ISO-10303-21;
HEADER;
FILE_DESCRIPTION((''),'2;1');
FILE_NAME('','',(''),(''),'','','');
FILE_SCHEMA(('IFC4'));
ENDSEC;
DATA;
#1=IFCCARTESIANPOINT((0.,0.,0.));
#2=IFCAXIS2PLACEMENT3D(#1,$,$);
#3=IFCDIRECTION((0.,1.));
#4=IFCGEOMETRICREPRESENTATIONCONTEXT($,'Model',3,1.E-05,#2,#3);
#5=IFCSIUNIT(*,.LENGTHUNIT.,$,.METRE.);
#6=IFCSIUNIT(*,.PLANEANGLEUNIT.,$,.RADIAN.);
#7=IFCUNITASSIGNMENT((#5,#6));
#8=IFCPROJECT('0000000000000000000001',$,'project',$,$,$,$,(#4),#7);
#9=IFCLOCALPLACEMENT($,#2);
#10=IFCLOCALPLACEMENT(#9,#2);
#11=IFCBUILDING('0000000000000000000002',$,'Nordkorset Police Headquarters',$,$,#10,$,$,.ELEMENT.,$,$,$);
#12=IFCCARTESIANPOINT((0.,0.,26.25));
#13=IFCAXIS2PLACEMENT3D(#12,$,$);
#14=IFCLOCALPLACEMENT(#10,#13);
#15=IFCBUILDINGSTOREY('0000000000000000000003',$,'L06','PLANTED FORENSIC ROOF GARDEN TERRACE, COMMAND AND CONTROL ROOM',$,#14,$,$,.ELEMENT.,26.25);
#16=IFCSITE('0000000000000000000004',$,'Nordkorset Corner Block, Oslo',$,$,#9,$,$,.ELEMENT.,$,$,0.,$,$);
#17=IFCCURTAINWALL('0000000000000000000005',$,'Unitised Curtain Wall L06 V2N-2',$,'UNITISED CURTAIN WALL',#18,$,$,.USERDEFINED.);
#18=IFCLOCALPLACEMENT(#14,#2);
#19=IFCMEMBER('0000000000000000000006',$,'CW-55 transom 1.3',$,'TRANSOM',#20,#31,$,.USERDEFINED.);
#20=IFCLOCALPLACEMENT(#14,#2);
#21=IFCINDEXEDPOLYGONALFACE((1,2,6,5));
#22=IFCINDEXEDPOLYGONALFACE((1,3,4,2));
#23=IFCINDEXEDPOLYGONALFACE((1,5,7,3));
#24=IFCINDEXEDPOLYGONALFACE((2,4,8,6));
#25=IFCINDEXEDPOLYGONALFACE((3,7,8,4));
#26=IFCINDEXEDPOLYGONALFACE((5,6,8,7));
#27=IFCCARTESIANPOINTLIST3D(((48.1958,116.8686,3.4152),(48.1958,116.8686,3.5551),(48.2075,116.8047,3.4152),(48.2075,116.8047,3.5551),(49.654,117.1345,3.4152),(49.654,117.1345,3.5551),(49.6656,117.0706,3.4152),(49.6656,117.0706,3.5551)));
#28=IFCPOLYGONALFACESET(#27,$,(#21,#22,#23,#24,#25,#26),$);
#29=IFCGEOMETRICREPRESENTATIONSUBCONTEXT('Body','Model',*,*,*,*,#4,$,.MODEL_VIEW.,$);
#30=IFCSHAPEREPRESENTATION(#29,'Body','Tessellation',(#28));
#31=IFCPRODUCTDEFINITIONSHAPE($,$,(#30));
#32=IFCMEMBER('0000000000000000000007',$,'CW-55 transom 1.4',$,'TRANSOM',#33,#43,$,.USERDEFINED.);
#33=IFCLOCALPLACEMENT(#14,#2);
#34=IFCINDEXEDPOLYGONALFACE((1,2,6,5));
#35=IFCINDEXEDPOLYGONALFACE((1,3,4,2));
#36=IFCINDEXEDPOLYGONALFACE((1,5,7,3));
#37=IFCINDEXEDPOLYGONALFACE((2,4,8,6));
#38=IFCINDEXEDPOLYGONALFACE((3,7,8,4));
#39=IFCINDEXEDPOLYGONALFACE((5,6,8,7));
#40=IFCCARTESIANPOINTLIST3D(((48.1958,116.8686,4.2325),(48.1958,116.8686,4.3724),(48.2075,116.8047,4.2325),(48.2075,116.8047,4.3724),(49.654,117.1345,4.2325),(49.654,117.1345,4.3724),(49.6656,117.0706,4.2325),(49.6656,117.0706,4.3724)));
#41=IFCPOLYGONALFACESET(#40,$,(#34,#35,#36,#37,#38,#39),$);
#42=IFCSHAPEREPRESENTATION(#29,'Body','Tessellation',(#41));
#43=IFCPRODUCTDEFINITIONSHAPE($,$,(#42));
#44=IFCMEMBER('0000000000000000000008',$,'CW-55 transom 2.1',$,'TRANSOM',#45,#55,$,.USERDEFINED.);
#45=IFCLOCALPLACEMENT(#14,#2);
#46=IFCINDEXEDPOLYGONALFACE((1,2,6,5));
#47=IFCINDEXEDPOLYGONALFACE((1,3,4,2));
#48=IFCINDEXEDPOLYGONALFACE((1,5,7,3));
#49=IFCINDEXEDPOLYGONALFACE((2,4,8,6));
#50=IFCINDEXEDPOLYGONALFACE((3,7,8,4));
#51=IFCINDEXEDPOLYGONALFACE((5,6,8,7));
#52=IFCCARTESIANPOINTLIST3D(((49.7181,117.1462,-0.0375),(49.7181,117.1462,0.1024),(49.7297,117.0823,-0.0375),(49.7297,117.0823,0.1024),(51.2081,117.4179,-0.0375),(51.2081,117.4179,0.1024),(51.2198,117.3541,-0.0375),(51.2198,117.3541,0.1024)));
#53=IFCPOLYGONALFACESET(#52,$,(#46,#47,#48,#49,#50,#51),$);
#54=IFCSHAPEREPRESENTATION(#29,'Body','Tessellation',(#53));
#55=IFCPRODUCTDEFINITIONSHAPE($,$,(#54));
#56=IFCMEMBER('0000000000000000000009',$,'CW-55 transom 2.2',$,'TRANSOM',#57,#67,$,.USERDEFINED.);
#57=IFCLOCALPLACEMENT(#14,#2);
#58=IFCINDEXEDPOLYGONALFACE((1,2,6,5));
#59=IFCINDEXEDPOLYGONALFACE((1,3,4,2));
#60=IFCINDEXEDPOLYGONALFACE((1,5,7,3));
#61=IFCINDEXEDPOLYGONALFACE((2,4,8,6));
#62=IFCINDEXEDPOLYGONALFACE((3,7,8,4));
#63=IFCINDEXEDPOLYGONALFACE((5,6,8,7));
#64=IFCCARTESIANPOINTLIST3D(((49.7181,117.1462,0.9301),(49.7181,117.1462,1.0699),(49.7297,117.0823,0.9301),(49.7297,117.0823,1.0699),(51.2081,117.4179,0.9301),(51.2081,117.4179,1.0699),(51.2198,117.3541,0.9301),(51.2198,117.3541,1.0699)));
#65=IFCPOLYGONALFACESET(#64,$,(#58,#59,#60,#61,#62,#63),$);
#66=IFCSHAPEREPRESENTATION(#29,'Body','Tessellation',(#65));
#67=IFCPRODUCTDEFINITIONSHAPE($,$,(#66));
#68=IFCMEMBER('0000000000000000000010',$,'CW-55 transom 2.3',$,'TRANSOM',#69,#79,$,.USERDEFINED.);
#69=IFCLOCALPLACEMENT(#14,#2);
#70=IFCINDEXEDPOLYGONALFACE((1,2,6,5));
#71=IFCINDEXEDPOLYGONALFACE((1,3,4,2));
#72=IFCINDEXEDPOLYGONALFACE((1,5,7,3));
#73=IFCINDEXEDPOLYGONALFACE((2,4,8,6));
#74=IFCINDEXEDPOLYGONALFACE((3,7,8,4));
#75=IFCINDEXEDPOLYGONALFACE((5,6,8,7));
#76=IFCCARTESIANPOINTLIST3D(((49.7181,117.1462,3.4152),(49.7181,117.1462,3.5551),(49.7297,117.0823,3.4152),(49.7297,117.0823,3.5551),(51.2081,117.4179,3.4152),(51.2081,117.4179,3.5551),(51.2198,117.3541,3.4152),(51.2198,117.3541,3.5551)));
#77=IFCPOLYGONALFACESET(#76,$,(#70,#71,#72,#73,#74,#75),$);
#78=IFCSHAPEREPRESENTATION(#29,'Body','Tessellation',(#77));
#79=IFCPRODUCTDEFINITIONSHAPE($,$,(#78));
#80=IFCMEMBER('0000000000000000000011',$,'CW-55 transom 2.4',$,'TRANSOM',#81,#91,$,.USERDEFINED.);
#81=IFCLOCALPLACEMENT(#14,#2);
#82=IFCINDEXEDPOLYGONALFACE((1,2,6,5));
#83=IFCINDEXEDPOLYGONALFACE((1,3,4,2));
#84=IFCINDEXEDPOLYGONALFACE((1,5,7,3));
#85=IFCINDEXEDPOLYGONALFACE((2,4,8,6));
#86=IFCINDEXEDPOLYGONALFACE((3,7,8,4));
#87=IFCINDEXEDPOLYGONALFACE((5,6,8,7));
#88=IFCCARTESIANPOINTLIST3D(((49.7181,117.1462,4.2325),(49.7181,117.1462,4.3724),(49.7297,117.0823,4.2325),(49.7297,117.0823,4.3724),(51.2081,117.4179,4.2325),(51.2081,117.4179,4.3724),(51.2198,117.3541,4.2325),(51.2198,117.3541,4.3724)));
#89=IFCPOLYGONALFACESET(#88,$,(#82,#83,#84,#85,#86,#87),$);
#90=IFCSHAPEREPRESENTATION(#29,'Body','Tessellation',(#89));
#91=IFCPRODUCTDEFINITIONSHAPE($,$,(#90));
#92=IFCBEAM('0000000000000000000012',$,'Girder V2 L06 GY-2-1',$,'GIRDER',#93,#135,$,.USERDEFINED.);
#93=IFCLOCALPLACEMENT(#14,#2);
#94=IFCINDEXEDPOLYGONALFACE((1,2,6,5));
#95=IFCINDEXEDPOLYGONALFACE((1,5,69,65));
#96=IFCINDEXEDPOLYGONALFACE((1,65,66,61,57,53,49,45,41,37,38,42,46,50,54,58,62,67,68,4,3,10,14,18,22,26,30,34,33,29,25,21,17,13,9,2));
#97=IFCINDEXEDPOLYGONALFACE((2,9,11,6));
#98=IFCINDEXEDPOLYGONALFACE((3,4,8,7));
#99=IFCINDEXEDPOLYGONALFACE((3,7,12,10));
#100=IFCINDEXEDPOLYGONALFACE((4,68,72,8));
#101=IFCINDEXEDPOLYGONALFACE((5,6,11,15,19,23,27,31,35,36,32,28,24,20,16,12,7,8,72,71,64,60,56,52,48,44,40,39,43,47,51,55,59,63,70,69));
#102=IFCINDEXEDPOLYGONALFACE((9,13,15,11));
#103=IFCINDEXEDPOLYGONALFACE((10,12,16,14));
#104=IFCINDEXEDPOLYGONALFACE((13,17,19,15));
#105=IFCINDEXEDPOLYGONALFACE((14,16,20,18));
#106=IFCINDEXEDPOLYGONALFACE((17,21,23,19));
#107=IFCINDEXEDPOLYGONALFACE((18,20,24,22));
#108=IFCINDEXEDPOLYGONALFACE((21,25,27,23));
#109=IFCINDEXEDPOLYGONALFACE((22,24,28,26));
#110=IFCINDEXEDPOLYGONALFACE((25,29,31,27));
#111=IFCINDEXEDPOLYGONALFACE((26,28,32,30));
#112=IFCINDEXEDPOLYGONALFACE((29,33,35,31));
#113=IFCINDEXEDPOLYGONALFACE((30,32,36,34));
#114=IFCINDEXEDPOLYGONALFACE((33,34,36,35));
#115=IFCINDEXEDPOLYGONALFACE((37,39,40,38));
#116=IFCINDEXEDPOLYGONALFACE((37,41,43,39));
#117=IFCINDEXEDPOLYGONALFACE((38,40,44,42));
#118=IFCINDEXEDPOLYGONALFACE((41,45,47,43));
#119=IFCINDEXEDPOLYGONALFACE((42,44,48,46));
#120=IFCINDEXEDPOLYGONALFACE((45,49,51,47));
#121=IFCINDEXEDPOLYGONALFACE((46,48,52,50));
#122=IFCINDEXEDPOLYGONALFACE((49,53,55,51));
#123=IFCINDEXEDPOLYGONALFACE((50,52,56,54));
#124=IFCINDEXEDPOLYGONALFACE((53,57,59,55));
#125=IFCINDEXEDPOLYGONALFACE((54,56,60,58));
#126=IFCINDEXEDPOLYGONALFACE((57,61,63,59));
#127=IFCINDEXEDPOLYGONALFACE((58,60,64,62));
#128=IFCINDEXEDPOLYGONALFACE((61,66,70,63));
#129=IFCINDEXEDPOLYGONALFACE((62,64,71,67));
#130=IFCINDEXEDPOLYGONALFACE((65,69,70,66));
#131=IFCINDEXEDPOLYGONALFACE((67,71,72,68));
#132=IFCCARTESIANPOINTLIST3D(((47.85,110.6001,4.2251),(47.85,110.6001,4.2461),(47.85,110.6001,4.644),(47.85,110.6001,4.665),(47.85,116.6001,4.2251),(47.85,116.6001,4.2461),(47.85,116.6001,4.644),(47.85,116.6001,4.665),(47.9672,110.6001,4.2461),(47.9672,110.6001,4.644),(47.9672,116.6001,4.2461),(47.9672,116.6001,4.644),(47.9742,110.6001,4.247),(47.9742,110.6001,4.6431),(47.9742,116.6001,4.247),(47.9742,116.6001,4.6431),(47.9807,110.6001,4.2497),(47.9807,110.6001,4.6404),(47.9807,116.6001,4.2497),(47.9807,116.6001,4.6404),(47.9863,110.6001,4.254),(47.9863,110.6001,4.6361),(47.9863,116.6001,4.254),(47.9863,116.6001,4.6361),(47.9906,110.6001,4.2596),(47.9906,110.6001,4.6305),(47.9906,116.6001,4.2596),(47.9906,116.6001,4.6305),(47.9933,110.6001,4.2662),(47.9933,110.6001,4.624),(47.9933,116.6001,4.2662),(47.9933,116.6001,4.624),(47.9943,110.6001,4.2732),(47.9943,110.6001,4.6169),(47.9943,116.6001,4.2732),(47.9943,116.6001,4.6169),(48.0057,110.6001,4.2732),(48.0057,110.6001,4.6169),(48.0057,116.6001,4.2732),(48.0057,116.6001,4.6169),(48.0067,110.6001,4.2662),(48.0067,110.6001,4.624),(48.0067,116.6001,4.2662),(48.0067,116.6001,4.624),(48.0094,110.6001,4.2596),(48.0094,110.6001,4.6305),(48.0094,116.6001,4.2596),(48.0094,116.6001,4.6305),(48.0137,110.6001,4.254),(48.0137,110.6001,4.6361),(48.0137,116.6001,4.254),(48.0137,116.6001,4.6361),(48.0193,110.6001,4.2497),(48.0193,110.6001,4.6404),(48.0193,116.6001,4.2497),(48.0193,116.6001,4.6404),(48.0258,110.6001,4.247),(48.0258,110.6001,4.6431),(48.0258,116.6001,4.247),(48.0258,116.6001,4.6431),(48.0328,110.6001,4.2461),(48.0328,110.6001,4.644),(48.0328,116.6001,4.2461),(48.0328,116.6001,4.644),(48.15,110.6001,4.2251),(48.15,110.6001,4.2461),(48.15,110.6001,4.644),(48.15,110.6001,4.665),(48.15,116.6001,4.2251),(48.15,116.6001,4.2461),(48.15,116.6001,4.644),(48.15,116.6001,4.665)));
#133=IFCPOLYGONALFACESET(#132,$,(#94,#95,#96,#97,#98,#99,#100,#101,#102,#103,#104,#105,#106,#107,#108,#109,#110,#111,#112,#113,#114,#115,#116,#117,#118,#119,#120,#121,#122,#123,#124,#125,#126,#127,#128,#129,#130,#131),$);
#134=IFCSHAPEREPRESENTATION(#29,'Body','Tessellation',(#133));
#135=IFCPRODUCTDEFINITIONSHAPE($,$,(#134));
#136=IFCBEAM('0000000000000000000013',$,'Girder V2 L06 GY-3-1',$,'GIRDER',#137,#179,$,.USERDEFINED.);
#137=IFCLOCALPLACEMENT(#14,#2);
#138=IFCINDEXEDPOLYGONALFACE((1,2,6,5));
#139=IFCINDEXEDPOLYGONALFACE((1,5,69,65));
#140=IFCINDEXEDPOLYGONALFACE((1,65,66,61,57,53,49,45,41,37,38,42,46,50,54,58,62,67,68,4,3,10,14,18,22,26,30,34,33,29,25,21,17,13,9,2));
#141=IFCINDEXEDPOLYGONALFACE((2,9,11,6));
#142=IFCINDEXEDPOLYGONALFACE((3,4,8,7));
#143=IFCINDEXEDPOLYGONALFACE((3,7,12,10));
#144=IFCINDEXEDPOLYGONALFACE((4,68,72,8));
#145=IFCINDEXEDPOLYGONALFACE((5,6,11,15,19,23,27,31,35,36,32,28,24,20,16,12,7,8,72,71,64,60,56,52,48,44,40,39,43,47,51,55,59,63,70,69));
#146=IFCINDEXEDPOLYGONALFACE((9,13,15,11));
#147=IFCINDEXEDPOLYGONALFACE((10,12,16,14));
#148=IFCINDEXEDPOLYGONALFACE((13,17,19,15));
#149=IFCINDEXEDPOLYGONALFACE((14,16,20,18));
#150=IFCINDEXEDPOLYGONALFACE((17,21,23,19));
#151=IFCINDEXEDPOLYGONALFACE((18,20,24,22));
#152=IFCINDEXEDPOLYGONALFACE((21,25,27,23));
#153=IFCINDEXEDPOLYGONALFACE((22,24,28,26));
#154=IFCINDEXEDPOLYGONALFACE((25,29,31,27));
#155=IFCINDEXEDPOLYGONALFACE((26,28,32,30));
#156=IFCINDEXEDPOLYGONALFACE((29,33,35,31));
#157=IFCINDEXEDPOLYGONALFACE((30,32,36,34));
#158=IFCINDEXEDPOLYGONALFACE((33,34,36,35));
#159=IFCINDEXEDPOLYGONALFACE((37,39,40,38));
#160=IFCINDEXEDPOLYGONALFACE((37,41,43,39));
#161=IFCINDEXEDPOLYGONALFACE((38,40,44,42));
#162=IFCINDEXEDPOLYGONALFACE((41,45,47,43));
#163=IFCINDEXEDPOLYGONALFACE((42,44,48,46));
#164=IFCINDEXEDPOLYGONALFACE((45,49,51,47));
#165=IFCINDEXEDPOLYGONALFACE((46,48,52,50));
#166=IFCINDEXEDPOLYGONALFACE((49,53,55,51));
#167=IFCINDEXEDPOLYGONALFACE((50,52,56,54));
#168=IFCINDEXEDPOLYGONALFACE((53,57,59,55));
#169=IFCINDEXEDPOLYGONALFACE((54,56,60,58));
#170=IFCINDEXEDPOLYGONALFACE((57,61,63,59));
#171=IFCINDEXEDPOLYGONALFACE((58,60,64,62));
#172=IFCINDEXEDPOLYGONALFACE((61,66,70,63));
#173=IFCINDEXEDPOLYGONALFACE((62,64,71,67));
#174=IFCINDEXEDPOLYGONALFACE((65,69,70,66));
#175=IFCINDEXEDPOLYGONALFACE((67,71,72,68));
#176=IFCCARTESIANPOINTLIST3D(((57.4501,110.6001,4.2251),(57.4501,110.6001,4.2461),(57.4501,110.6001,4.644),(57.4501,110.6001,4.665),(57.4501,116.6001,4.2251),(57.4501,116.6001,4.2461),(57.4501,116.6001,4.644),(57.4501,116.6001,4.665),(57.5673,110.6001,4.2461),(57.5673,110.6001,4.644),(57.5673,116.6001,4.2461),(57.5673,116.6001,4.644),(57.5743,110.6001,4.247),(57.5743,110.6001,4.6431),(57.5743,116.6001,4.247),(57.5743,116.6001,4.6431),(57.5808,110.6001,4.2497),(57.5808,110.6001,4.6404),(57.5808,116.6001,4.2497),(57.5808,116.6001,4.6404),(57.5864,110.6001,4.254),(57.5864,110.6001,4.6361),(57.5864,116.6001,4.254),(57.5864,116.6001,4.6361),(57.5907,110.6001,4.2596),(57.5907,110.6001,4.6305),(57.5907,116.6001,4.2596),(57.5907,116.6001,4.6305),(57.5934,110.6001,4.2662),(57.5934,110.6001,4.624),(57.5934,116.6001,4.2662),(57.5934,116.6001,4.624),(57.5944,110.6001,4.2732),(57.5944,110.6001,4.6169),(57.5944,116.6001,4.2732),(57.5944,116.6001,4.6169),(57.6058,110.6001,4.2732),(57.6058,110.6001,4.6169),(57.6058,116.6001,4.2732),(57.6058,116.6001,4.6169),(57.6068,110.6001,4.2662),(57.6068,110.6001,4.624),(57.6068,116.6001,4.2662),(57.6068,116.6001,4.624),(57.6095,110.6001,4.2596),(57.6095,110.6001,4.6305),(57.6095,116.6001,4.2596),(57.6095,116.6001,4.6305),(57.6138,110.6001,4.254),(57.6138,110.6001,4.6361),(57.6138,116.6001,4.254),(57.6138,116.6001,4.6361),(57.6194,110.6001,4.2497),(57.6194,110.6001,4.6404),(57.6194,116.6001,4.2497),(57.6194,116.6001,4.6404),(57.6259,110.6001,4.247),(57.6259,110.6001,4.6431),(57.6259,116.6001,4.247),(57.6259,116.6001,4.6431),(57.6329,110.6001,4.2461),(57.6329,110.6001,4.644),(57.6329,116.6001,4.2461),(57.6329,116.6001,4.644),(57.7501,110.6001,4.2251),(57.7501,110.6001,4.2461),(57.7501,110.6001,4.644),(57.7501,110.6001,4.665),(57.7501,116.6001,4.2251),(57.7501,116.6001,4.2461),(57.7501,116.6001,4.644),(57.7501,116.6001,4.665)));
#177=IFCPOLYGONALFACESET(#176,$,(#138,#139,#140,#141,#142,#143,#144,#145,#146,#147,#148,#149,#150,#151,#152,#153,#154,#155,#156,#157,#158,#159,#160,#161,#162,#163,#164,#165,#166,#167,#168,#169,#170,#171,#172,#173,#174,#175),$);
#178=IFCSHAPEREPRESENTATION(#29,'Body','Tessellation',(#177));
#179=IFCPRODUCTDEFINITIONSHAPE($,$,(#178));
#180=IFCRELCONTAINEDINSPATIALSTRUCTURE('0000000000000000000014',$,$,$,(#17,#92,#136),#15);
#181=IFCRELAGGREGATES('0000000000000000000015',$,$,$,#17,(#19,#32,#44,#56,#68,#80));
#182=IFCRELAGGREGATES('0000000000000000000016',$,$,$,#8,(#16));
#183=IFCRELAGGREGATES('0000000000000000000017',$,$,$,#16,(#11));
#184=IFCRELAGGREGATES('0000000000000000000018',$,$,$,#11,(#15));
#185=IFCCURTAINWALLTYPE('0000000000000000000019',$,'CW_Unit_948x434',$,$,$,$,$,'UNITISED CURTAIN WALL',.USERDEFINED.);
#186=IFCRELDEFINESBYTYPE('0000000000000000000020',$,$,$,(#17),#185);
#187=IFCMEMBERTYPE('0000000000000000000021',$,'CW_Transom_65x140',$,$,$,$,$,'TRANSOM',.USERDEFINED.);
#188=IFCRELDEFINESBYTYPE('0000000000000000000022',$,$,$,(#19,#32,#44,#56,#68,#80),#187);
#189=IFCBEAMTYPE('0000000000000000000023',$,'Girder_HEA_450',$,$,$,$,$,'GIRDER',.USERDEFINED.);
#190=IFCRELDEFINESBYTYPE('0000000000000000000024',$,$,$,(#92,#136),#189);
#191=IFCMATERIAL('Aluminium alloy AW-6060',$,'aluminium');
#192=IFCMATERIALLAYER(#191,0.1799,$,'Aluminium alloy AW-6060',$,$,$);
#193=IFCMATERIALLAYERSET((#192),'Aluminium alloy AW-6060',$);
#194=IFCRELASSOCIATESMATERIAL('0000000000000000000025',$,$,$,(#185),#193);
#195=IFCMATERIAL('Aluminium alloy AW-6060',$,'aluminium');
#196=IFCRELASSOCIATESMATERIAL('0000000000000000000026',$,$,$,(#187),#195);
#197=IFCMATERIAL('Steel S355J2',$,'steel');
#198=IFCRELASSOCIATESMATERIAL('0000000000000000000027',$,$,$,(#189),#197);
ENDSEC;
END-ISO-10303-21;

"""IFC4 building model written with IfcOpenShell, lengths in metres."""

from ifc_helpers import new_model, si_unit, direction, frame, origin, origin_2d, place, context, subcontext, project, spatial, rectangle, i_section, extrude, material, layer, layer_set, material_profile, profile_set, type_object, element, aggregate, save


model = new_model("IFC4")

# Units and contexts
model_context = context("Model", 3, precision=1e-05, world=origin(), true_north=direction((0.0, 1.0)))
body_context = subcontext(model_context, "Body", "Model", "MODEL_VIEW")
ifc_project = project(units=[si_unit("LENGTHUNIT", "METRE"), si_unit("PLANEANGLEUNIT", "RADIAN")], contexts=[model_context])

# Site, building, storey
site_placement = place(None, origin())
site = spatial("IfcSite", under=ifc_project, at=site_placement, Name="Nordkorset Corner Block, Oslo", CompositionType="ELEMENT", RefElevation=0.0)
building_placement = place(site_placement, origin())
building = spatial("IfcBuilding", under=site, at=building_placement, Name="Nordkorset Police Headquarters", CompositionType="ELEMENT")
storey_placement = place(building_placement, frame((0.0, 0.0, 26.25)))
storey = spatial("IfcBuildingStorey", under=building, at=storey_placement, Name="L06", Description="PLANTED FORENSIC ROOF GARDEN TERRACE, COMMAND AND CONTROL ROOM", CompositionType="ELEMENT", Elevation=26.25)

# Curtain wall, members
ifc_material_1 = material(Name="Aluminium alloy AW-6060", Category="aluminium")
ifc_layer_1 = layer(ifc_material_1, 0.1799, Name="Aluminium alloy AW-6060")
ifc_layer_set_1 = layer_set([ifc_layer_1], Name="Aluminium alloy AW-6060")
curtain_wall_type = type_object("IfcCurtainWallType", Name="CW_Unit_948x434", ElementType="UNITISED CURTAIN WALL", PredefinedType="USERDEFINED", material=ifc_layer_set_1)
curtain_wall_placement = place(storey_placement, origin())
curtain_wall = element("IfcCurtainWall", 1, at=curtain_wall_placement, inside=storey, type_object=curtain_wall_type, Name="Unitised Curtain Wall L06 V2N-2", ObjectType="UNITISED CURTAIN WALL", PredefinedType="USERDEFINED")
ifc_material_2 = material(Name="Aluminium alloy AW-6060", Category="aluminium")
ifc_material_profile_1 = material_profile(ifc_material_2, rectangle(XDim=0.0649, YDim=0.1399, at=origin_2d()), Name="ALU TRAN 65x140")
ifc_profile_set_1 = profile_set([ifc_material_profile_1], Name="Aluminium alloy AW-6060")
member_type_1 = type_object("IfcMemberType", Name="CW_Transom_65x140", ElementType="TRANSOM", PredefinedType="USERDEFINED", material=ifc_profile_set_1)
member_1_placement = place(storey_placement, frame((48.2017, 116.8367, 3.4851), z_axis=(0.983783, 0.179364, 0.0), x_axis=(-0.179364, 0.983783, 0.0)))
member_1 = element("IfcMember", 2, at=member_1_placement, type_object=member_type_1, Name="CW-55 transom 1.3", ObjectType="TRANSOM", PredefinedType="USERDEFINED", context=body_context, shape_type="SweptSolid", body=[
    extrude(rectangle(XDim=0.0649, YDim=0.1399, at=origin_2d()), origin(), (0.0, 0.0, 1.0), 1.4822),
])
member_2_placement = place(storey_placement, frame((48.2017, 116.8367, 4.3025), z_axis=(0.983783, 0.179364, 0.0), x_axis=(-0.179364, 0.983783, 0.0)))
member_2 = element("IfcMember", 3, at=member_2_placement, type_object=member_type_1, Name="CW-55 transom 1.4", ObjectType="TRANSOM", PredefinedType="USERDEFINED", context=body_context, shape_type="SweptSolid", body=[
    extrude(rectangle(XDim=0.0649, YDim=0.1399, at=origin_2d()), origin(), (0.0, 0.0, 1.0), 1.4822),
])
member_3_placement = place(storey_placement, frame((49.7239, 117.1143, 0.0325), z_axis=(0.983774, 0.17941, 0.0), x_axis=(-0.17941, 0.983774, 0.0)))
member_3 = element("IfcMember", 4, at=member_3_placement, type_object=member_type_1, Name="CW-55 transom 2.1", ObjectType="TRANSOM", PredefinedType="USERDEFINED", context=body_context, shape_type="SweptSolid", body=[
    extrude(rectangle(XDim=0.0649, YDim=0.1399, at=origin_2d()), origin(), (0.0, 0.0, 1.0), 1.5146),
])
member_4_placement = place(storey_placement, frame((49.7239, 117.1143, 1.0), z_axis=(0.983774, 0.17941, 0.0), x_axis=(-0.17941, 0.983774, 0.0)))
member_4 = element("IfcMember", 5, at=member_4_placement, type_object=member_type_1, Name="CW-55 transom 2.2", ObjectType="TRANSOM", PredefinedType="USERDEFINED", context=body_context, shape_type="SweptSolid", body=[
    extrude(rectangle(XDim=0.0649, YDim=0.1399, at=origin_2d()), origin(), (0.0, 0.0, 1.0), 1.5146),
])
member_5_placement = place(storey_placement, frame((49.7239, 117.1143, 3.4851), z_axis=(0.983774, 0.17941, 0.0), x_axis=(-0.17941, 0.983774, 0.0)))
member_5 = element("IfcMember", 6, at=member_5_placement, type_object=member_type_1, Name="CW-55 transom 2.3", ObjectType="TRANSOM", PredefinedType="USERDEFINED", context=body_context, shape_type="SweptSolid", body=[
    extrude(rectangle(XDim=0.0649, YDim=0.1399, at=origin_2d()), origin(), (0.0, 0.0, 1.0), 1.5146),
])
member_6_placement = place(storey_placement, frame((49.7239, 117.1143, 4.3025), z_axis=(0.983774, 0.17941, 0.0), x_axis=(-0.17941, 0.983774, 0.0)))
member_6 = element("IfcMember", 7, at=member_6_placement, type_object=member_type_1, Name="CW-55 transom 2.4", ObjectType="TRANSOM", PredefinedType="USERDEFINED", context=body_context, shape_type="SweptSolid", body=[
    extrude(rectangle(XDim=0.0649, YDim=0.1399, at=origin_2d()), origin(), (0.0, 0.0, 1.0), 1.5146),
])

# Beams
ifc_material_3 = material(Name="Steel S355J2", Category="steel")
ifc_material_profile_2 = material_profile(ifc_material_3, i_section(OverallWidth=0.3, OverallDepth=0.4399, WebThickness=0.0115, FlangeThickness=0.021, FilletRadius=0.0271, at=origin_2d()), Name="HEA 450")
ifc_profile_set_2 = profile_set([ifc_material_profile_2], Name="Steel S355J2")
beam_type_1 = type_object("IfcBeamType", Name="Girder_HEA_450", ElementType="GIRDER", PredefinedType="USERDEFINED", material=ifc_profile_set_2)
for number, where, z_axis, x_axis, name in (
    (8, (48.0, 110.6001, 4.4451), (0.0, 1.0, 0.0), (-1.0, 0.0, 0.0), "Girder V2 L06 GY-2-1"),
    (9, (57.6001, 110.6001, 4.4451), (0.0, 1.0, 0.0), (-1.0, 0.0, 0.0), "Girder V2 L06 GY-3-1"),
):
    element("IfcBeam", number, at=place(storey_placement, frame(where, z_axis=z_axis, x_axis=x_axis)), inside=storey, type_object=beam_type_1, Name=name, ObjectType="GIRDER", PredefinedType="USERDEFINED", context=body_context, shape_type="SweptSolid", body=[
        extrude(i_section(OverallWidth=0.3, OverallDepth=0.4399, WebThickness=0.0115, FlangeThickness=0.021, FilletRadius=0.0271, at=origin_2d()), origin(), (0.0, 0.0, 1.0), 6.0),
    ])

aggregate(curtain_wall, [member_1, member_2, member_3, member_4, member_5, member_6])

save(model, "model.ifc")
